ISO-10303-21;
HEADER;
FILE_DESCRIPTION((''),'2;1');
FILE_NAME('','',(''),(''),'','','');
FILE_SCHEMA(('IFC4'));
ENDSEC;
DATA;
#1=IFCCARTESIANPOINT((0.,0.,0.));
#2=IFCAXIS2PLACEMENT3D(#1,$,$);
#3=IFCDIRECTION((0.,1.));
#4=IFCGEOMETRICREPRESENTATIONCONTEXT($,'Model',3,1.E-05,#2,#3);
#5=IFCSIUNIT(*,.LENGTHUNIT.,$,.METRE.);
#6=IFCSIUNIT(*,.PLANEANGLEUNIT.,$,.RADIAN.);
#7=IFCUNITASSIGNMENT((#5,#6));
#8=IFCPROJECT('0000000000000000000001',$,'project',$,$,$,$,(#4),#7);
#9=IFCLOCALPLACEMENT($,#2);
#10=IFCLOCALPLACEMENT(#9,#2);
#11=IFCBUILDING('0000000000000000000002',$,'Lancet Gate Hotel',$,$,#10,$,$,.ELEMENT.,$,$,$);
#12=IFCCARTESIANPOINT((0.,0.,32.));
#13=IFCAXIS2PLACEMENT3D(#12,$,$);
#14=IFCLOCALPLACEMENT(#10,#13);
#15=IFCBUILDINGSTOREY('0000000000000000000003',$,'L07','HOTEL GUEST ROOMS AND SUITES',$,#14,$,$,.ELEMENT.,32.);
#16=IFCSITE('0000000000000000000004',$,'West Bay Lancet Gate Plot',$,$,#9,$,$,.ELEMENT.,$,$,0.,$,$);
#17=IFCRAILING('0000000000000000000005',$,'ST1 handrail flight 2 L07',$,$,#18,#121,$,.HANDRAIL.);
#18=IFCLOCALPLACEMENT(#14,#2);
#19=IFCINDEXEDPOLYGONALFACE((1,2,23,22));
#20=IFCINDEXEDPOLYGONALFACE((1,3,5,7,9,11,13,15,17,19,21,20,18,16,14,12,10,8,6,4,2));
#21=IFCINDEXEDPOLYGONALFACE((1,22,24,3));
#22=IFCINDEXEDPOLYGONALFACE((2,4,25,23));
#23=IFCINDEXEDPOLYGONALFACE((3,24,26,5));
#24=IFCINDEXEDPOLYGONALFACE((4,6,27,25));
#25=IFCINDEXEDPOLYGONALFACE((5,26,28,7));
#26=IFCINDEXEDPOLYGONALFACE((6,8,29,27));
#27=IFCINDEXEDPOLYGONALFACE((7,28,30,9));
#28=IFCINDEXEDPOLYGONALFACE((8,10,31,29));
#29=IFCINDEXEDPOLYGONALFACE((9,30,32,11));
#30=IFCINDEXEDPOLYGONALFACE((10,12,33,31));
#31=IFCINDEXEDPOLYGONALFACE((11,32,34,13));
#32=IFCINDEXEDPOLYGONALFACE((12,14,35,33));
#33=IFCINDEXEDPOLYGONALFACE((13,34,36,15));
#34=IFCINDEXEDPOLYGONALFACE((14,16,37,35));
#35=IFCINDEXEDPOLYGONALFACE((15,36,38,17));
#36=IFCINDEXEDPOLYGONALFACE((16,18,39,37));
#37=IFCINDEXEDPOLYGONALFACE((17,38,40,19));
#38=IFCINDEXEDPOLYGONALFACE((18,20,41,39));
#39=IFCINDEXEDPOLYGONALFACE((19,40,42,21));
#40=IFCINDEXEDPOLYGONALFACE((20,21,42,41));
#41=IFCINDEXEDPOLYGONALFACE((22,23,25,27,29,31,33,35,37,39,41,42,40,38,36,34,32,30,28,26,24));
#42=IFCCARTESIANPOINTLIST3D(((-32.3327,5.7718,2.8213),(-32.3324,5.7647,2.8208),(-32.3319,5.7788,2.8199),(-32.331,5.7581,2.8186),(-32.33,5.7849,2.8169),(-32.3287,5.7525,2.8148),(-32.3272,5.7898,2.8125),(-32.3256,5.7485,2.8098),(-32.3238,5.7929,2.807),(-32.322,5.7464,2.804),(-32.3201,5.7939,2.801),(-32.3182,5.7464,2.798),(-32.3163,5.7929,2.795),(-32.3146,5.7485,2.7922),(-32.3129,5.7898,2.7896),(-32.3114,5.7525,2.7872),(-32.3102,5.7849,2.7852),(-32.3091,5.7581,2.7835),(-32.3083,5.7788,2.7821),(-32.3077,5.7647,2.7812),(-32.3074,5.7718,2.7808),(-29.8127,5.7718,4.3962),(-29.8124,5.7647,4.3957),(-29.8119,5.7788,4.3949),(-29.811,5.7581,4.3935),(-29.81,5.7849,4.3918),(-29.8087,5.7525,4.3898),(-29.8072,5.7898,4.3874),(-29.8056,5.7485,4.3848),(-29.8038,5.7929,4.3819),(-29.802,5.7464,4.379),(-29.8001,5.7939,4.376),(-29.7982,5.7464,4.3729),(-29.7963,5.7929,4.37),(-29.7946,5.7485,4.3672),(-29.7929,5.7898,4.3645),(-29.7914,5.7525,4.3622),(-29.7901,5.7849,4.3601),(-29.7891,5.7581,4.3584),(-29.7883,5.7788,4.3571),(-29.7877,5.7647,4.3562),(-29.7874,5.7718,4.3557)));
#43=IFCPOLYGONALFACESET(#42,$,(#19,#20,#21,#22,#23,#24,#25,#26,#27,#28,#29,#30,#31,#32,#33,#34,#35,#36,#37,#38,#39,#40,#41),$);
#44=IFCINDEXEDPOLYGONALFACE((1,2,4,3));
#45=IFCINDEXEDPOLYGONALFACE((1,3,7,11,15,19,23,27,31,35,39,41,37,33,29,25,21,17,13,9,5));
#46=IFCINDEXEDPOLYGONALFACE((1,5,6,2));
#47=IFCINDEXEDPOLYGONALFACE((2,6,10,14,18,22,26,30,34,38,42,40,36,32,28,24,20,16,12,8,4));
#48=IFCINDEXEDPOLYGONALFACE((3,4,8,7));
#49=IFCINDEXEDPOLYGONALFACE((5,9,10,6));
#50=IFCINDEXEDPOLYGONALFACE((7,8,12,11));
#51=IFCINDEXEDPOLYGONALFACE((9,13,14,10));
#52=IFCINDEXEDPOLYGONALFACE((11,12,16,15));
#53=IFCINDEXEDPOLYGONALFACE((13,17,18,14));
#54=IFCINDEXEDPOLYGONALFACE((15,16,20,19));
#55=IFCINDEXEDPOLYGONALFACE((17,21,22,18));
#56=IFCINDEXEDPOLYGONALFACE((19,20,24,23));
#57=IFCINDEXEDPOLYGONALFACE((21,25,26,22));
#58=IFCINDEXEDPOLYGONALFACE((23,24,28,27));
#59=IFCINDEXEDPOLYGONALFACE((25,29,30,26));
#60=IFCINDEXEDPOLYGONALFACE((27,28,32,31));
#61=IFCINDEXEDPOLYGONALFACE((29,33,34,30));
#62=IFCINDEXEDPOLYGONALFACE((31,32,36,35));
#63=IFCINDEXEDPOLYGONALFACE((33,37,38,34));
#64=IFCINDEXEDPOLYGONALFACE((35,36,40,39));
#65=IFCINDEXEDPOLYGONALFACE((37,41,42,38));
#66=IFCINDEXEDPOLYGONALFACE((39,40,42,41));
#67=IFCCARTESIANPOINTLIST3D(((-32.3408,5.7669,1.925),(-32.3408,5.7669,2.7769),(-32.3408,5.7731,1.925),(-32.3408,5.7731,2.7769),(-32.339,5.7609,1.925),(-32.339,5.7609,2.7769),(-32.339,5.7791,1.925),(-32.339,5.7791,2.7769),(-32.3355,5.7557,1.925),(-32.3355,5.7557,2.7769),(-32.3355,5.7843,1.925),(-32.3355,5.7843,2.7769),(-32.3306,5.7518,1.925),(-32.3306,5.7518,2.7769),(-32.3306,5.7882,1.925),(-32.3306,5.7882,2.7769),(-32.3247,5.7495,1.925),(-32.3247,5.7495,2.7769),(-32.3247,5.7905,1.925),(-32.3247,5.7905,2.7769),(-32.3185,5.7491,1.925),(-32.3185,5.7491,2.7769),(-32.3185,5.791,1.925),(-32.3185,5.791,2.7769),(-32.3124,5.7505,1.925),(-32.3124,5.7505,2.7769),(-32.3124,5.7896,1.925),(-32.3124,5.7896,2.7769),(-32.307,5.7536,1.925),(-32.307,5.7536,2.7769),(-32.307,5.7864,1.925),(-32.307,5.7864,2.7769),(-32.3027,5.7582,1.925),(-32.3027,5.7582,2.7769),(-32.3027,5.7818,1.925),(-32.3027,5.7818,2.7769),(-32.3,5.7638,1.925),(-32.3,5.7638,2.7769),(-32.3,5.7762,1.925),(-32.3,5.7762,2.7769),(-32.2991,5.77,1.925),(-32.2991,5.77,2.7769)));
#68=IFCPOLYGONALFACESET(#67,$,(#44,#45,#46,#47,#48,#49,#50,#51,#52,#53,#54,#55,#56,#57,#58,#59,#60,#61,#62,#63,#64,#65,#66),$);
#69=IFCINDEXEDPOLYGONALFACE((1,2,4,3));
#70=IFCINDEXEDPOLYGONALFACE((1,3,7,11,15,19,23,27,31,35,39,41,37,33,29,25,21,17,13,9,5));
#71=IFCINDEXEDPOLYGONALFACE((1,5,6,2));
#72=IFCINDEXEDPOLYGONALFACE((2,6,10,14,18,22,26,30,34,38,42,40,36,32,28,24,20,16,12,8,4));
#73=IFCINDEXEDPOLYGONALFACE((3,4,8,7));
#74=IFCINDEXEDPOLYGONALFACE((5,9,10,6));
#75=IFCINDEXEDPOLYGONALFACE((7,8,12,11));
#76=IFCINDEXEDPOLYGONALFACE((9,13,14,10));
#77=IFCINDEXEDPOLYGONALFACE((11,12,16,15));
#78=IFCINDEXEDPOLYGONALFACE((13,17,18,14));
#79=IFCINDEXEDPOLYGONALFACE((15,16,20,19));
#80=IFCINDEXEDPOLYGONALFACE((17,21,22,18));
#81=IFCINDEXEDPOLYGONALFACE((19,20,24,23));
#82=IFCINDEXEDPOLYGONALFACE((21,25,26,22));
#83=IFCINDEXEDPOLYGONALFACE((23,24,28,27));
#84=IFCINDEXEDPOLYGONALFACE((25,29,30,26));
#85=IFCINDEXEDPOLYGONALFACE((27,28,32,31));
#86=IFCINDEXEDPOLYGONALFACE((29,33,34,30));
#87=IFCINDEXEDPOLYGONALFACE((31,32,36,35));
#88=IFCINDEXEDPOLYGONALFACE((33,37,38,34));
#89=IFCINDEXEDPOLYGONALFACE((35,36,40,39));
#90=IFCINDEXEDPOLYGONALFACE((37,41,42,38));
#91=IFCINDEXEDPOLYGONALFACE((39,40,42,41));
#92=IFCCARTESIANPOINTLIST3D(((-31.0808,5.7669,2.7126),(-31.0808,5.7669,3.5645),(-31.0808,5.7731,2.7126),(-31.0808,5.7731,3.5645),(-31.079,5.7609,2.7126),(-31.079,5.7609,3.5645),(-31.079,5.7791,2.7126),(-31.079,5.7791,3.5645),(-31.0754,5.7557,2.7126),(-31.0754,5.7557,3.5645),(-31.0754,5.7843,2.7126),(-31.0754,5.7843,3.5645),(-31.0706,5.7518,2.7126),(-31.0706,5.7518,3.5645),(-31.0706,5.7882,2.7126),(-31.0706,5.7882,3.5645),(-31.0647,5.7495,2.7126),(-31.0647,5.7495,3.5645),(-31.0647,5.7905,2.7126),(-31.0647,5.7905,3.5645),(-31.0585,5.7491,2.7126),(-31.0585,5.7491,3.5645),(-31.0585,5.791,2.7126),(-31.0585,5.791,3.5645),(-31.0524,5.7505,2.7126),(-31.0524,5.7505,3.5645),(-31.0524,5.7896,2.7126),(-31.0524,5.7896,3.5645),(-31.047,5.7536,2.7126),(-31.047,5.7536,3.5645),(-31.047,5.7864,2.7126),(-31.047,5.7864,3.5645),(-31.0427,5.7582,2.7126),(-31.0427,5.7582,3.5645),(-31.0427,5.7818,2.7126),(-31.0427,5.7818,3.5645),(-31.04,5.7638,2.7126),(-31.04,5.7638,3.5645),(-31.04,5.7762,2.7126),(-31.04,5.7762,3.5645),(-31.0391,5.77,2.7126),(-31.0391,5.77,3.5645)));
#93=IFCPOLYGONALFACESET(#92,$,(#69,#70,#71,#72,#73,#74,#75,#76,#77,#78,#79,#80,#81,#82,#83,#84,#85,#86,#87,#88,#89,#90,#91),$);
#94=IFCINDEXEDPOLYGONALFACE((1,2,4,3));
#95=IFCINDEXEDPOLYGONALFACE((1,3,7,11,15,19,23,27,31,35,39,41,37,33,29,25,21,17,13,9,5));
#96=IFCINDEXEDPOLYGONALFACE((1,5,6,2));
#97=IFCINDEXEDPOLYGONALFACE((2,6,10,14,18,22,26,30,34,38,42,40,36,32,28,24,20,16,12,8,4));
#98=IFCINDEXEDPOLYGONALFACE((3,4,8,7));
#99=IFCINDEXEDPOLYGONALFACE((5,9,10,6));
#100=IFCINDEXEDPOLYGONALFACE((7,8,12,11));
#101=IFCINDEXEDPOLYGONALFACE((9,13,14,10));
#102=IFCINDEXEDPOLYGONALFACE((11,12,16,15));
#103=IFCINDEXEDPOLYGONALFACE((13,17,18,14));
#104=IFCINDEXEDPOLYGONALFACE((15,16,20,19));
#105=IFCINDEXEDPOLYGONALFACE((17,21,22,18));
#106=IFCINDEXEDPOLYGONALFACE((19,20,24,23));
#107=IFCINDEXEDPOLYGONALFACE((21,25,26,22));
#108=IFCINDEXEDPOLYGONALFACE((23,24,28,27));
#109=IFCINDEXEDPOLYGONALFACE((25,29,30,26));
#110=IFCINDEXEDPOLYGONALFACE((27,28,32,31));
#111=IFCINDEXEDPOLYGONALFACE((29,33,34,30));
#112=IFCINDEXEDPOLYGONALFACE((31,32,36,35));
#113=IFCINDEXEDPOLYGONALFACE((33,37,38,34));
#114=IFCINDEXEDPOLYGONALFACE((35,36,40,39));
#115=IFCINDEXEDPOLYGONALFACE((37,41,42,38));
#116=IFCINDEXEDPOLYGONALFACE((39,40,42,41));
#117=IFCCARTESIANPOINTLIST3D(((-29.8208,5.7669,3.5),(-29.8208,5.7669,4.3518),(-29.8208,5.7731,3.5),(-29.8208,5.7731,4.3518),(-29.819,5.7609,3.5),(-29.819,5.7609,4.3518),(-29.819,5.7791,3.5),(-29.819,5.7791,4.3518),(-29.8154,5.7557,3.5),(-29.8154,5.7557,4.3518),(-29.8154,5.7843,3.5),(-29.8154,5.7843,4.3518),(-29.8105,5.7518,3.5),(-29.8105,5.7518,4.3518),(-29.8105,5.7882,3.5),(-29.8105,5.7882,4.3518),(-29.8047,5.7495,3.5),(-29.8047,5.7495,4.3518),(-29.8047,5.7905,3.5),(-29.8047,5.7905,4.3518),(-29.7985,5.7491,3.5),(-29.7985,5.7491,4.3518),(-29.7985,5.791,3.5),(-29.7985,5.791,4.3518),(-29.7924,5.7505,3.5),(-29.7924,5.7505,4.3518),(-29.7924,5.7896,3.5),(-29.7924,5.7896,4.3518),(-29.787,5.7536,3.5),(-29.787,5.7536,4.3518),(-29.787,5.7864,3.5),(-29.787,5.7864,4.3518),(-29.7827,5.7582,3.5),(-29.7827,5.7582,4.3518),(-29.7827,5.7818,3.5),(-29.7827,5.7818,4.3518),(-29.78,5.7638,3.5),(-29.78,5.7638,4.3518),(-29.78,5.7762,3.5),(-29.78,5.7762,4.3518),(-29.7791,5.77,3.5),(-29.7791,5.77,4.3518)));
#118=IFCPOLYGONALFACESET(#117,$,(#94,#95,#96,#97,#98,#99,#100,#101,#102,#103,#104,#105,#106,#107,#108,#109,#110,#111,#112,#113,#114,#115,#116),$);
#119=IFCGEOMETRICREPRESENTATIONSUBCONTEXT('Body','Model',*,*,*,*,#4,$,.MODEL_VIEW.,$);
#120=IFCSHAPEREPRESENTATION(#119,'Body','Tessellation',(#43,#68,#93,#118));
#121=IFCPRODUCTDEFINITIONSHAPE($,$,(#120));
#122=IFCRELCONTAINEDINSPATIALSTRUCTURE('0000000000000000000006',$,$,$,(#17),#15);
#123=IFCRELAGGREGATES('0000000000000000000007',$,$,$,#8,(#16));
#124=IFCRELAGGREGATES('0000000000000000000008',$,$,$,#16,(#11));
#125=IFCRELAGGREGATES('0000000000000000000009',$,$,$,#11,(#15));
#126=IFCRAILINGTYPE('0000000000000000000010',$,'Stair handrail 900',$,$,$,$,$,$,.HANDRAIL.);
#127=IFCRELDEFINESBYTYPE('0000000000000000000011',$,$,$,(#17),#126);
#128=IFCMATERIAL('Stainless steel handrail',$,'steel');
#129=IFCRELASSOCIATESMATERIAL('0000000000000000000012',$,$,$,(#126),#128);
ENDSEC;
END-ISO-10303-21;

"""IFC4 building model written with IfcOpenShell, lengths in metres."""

from ifc_helpers import new_model, si_unit, direction, frame, origin, origin_2d, place, context, subcontext, project, spatial, circle, extrude, material, type_object, element, save


model = new_model("IFC4")

# Units and contexts
model_context = context("Model", 3, precision=1e-05, world=origin(), true_north=direction((0.0, 1.0)))
body_context = subcontext(model_context, "Body", "Model", "MODEL_VIEW")
ifc_project = project(units=[si_unit("LENGTHUNIT", "METRE"), si_unit("PLANEANGLEUNIT", "RADIAN")], contexts=[model_context])

# Site, building, storey
site_placement = place(None, origin())
site = spatial("IfcSite", under=ifc_project, at=site_placement, Name="West Bay Lancet Gate Plot", CompositionType="ELEMENT", RefElevation=0.0)
building_placement = place(site_placement, origin())
building = spatial("IfcBuilding", under=site, at=building_placement, Name="Lancet Gate Hotel", CompositionType="ELEMENT")
storey_placement = place(building_placement, frame((0.0, 0.0, 32.0)))
storey = spatial("IfcBuildingStorey", under=building, at=storey_placement, Name="L07", Description="HOTEL GUEST ROOMS AND SUITES", CompositionType="ELEMENT", Elevation=32.0)

# Railing
ifc_material_1 = material(Name="Stainless steel handrail", Category="steel")
railing_type = type_object("IfcRailingType", Name="Stair handrail 900", PredefinedType="HANDRAIL", material=ifc_material_1)
railing_1_placement = place(storey_placement, frame((-32.3201, 5.77, 1.925)))
element("IfcRailing", 1, at=railing_1_placement, inside=storey, type_object=railing_type, Name="ST1 handrail flight 2 L07", PredefinedType="HANDRAIL", context=body_context, shape_type="SweptSolid", body=[
    extrude(circle(Radius=0.0239, at=origin_2d()), frame((0.0, 0.0, 0.876), z_axis=(0.848008, 0.0, 0.529984), x_axis=(0.0, 1.0, 0.0)), (0.0, 0.0, 1.0), 2.9717),
    extrude(circle(Radius=0.021, at=origin_2d()), origin(), (0.0, 0.0, 1.0), 0.8518),
    extrude(circle(Radius=0.021, at=origin_2d()), frame((1.26, 0.0, 0.7876)), (0.0, 0.0, 1.0), 0.8518),
    extrude(circle(Radius=0.021, at=origin_2d()), frame((2.52, 0.0, 1.575)), (0.0, 0.0, 1.0), 0.8518),
])

save(model, "model.ifc")
